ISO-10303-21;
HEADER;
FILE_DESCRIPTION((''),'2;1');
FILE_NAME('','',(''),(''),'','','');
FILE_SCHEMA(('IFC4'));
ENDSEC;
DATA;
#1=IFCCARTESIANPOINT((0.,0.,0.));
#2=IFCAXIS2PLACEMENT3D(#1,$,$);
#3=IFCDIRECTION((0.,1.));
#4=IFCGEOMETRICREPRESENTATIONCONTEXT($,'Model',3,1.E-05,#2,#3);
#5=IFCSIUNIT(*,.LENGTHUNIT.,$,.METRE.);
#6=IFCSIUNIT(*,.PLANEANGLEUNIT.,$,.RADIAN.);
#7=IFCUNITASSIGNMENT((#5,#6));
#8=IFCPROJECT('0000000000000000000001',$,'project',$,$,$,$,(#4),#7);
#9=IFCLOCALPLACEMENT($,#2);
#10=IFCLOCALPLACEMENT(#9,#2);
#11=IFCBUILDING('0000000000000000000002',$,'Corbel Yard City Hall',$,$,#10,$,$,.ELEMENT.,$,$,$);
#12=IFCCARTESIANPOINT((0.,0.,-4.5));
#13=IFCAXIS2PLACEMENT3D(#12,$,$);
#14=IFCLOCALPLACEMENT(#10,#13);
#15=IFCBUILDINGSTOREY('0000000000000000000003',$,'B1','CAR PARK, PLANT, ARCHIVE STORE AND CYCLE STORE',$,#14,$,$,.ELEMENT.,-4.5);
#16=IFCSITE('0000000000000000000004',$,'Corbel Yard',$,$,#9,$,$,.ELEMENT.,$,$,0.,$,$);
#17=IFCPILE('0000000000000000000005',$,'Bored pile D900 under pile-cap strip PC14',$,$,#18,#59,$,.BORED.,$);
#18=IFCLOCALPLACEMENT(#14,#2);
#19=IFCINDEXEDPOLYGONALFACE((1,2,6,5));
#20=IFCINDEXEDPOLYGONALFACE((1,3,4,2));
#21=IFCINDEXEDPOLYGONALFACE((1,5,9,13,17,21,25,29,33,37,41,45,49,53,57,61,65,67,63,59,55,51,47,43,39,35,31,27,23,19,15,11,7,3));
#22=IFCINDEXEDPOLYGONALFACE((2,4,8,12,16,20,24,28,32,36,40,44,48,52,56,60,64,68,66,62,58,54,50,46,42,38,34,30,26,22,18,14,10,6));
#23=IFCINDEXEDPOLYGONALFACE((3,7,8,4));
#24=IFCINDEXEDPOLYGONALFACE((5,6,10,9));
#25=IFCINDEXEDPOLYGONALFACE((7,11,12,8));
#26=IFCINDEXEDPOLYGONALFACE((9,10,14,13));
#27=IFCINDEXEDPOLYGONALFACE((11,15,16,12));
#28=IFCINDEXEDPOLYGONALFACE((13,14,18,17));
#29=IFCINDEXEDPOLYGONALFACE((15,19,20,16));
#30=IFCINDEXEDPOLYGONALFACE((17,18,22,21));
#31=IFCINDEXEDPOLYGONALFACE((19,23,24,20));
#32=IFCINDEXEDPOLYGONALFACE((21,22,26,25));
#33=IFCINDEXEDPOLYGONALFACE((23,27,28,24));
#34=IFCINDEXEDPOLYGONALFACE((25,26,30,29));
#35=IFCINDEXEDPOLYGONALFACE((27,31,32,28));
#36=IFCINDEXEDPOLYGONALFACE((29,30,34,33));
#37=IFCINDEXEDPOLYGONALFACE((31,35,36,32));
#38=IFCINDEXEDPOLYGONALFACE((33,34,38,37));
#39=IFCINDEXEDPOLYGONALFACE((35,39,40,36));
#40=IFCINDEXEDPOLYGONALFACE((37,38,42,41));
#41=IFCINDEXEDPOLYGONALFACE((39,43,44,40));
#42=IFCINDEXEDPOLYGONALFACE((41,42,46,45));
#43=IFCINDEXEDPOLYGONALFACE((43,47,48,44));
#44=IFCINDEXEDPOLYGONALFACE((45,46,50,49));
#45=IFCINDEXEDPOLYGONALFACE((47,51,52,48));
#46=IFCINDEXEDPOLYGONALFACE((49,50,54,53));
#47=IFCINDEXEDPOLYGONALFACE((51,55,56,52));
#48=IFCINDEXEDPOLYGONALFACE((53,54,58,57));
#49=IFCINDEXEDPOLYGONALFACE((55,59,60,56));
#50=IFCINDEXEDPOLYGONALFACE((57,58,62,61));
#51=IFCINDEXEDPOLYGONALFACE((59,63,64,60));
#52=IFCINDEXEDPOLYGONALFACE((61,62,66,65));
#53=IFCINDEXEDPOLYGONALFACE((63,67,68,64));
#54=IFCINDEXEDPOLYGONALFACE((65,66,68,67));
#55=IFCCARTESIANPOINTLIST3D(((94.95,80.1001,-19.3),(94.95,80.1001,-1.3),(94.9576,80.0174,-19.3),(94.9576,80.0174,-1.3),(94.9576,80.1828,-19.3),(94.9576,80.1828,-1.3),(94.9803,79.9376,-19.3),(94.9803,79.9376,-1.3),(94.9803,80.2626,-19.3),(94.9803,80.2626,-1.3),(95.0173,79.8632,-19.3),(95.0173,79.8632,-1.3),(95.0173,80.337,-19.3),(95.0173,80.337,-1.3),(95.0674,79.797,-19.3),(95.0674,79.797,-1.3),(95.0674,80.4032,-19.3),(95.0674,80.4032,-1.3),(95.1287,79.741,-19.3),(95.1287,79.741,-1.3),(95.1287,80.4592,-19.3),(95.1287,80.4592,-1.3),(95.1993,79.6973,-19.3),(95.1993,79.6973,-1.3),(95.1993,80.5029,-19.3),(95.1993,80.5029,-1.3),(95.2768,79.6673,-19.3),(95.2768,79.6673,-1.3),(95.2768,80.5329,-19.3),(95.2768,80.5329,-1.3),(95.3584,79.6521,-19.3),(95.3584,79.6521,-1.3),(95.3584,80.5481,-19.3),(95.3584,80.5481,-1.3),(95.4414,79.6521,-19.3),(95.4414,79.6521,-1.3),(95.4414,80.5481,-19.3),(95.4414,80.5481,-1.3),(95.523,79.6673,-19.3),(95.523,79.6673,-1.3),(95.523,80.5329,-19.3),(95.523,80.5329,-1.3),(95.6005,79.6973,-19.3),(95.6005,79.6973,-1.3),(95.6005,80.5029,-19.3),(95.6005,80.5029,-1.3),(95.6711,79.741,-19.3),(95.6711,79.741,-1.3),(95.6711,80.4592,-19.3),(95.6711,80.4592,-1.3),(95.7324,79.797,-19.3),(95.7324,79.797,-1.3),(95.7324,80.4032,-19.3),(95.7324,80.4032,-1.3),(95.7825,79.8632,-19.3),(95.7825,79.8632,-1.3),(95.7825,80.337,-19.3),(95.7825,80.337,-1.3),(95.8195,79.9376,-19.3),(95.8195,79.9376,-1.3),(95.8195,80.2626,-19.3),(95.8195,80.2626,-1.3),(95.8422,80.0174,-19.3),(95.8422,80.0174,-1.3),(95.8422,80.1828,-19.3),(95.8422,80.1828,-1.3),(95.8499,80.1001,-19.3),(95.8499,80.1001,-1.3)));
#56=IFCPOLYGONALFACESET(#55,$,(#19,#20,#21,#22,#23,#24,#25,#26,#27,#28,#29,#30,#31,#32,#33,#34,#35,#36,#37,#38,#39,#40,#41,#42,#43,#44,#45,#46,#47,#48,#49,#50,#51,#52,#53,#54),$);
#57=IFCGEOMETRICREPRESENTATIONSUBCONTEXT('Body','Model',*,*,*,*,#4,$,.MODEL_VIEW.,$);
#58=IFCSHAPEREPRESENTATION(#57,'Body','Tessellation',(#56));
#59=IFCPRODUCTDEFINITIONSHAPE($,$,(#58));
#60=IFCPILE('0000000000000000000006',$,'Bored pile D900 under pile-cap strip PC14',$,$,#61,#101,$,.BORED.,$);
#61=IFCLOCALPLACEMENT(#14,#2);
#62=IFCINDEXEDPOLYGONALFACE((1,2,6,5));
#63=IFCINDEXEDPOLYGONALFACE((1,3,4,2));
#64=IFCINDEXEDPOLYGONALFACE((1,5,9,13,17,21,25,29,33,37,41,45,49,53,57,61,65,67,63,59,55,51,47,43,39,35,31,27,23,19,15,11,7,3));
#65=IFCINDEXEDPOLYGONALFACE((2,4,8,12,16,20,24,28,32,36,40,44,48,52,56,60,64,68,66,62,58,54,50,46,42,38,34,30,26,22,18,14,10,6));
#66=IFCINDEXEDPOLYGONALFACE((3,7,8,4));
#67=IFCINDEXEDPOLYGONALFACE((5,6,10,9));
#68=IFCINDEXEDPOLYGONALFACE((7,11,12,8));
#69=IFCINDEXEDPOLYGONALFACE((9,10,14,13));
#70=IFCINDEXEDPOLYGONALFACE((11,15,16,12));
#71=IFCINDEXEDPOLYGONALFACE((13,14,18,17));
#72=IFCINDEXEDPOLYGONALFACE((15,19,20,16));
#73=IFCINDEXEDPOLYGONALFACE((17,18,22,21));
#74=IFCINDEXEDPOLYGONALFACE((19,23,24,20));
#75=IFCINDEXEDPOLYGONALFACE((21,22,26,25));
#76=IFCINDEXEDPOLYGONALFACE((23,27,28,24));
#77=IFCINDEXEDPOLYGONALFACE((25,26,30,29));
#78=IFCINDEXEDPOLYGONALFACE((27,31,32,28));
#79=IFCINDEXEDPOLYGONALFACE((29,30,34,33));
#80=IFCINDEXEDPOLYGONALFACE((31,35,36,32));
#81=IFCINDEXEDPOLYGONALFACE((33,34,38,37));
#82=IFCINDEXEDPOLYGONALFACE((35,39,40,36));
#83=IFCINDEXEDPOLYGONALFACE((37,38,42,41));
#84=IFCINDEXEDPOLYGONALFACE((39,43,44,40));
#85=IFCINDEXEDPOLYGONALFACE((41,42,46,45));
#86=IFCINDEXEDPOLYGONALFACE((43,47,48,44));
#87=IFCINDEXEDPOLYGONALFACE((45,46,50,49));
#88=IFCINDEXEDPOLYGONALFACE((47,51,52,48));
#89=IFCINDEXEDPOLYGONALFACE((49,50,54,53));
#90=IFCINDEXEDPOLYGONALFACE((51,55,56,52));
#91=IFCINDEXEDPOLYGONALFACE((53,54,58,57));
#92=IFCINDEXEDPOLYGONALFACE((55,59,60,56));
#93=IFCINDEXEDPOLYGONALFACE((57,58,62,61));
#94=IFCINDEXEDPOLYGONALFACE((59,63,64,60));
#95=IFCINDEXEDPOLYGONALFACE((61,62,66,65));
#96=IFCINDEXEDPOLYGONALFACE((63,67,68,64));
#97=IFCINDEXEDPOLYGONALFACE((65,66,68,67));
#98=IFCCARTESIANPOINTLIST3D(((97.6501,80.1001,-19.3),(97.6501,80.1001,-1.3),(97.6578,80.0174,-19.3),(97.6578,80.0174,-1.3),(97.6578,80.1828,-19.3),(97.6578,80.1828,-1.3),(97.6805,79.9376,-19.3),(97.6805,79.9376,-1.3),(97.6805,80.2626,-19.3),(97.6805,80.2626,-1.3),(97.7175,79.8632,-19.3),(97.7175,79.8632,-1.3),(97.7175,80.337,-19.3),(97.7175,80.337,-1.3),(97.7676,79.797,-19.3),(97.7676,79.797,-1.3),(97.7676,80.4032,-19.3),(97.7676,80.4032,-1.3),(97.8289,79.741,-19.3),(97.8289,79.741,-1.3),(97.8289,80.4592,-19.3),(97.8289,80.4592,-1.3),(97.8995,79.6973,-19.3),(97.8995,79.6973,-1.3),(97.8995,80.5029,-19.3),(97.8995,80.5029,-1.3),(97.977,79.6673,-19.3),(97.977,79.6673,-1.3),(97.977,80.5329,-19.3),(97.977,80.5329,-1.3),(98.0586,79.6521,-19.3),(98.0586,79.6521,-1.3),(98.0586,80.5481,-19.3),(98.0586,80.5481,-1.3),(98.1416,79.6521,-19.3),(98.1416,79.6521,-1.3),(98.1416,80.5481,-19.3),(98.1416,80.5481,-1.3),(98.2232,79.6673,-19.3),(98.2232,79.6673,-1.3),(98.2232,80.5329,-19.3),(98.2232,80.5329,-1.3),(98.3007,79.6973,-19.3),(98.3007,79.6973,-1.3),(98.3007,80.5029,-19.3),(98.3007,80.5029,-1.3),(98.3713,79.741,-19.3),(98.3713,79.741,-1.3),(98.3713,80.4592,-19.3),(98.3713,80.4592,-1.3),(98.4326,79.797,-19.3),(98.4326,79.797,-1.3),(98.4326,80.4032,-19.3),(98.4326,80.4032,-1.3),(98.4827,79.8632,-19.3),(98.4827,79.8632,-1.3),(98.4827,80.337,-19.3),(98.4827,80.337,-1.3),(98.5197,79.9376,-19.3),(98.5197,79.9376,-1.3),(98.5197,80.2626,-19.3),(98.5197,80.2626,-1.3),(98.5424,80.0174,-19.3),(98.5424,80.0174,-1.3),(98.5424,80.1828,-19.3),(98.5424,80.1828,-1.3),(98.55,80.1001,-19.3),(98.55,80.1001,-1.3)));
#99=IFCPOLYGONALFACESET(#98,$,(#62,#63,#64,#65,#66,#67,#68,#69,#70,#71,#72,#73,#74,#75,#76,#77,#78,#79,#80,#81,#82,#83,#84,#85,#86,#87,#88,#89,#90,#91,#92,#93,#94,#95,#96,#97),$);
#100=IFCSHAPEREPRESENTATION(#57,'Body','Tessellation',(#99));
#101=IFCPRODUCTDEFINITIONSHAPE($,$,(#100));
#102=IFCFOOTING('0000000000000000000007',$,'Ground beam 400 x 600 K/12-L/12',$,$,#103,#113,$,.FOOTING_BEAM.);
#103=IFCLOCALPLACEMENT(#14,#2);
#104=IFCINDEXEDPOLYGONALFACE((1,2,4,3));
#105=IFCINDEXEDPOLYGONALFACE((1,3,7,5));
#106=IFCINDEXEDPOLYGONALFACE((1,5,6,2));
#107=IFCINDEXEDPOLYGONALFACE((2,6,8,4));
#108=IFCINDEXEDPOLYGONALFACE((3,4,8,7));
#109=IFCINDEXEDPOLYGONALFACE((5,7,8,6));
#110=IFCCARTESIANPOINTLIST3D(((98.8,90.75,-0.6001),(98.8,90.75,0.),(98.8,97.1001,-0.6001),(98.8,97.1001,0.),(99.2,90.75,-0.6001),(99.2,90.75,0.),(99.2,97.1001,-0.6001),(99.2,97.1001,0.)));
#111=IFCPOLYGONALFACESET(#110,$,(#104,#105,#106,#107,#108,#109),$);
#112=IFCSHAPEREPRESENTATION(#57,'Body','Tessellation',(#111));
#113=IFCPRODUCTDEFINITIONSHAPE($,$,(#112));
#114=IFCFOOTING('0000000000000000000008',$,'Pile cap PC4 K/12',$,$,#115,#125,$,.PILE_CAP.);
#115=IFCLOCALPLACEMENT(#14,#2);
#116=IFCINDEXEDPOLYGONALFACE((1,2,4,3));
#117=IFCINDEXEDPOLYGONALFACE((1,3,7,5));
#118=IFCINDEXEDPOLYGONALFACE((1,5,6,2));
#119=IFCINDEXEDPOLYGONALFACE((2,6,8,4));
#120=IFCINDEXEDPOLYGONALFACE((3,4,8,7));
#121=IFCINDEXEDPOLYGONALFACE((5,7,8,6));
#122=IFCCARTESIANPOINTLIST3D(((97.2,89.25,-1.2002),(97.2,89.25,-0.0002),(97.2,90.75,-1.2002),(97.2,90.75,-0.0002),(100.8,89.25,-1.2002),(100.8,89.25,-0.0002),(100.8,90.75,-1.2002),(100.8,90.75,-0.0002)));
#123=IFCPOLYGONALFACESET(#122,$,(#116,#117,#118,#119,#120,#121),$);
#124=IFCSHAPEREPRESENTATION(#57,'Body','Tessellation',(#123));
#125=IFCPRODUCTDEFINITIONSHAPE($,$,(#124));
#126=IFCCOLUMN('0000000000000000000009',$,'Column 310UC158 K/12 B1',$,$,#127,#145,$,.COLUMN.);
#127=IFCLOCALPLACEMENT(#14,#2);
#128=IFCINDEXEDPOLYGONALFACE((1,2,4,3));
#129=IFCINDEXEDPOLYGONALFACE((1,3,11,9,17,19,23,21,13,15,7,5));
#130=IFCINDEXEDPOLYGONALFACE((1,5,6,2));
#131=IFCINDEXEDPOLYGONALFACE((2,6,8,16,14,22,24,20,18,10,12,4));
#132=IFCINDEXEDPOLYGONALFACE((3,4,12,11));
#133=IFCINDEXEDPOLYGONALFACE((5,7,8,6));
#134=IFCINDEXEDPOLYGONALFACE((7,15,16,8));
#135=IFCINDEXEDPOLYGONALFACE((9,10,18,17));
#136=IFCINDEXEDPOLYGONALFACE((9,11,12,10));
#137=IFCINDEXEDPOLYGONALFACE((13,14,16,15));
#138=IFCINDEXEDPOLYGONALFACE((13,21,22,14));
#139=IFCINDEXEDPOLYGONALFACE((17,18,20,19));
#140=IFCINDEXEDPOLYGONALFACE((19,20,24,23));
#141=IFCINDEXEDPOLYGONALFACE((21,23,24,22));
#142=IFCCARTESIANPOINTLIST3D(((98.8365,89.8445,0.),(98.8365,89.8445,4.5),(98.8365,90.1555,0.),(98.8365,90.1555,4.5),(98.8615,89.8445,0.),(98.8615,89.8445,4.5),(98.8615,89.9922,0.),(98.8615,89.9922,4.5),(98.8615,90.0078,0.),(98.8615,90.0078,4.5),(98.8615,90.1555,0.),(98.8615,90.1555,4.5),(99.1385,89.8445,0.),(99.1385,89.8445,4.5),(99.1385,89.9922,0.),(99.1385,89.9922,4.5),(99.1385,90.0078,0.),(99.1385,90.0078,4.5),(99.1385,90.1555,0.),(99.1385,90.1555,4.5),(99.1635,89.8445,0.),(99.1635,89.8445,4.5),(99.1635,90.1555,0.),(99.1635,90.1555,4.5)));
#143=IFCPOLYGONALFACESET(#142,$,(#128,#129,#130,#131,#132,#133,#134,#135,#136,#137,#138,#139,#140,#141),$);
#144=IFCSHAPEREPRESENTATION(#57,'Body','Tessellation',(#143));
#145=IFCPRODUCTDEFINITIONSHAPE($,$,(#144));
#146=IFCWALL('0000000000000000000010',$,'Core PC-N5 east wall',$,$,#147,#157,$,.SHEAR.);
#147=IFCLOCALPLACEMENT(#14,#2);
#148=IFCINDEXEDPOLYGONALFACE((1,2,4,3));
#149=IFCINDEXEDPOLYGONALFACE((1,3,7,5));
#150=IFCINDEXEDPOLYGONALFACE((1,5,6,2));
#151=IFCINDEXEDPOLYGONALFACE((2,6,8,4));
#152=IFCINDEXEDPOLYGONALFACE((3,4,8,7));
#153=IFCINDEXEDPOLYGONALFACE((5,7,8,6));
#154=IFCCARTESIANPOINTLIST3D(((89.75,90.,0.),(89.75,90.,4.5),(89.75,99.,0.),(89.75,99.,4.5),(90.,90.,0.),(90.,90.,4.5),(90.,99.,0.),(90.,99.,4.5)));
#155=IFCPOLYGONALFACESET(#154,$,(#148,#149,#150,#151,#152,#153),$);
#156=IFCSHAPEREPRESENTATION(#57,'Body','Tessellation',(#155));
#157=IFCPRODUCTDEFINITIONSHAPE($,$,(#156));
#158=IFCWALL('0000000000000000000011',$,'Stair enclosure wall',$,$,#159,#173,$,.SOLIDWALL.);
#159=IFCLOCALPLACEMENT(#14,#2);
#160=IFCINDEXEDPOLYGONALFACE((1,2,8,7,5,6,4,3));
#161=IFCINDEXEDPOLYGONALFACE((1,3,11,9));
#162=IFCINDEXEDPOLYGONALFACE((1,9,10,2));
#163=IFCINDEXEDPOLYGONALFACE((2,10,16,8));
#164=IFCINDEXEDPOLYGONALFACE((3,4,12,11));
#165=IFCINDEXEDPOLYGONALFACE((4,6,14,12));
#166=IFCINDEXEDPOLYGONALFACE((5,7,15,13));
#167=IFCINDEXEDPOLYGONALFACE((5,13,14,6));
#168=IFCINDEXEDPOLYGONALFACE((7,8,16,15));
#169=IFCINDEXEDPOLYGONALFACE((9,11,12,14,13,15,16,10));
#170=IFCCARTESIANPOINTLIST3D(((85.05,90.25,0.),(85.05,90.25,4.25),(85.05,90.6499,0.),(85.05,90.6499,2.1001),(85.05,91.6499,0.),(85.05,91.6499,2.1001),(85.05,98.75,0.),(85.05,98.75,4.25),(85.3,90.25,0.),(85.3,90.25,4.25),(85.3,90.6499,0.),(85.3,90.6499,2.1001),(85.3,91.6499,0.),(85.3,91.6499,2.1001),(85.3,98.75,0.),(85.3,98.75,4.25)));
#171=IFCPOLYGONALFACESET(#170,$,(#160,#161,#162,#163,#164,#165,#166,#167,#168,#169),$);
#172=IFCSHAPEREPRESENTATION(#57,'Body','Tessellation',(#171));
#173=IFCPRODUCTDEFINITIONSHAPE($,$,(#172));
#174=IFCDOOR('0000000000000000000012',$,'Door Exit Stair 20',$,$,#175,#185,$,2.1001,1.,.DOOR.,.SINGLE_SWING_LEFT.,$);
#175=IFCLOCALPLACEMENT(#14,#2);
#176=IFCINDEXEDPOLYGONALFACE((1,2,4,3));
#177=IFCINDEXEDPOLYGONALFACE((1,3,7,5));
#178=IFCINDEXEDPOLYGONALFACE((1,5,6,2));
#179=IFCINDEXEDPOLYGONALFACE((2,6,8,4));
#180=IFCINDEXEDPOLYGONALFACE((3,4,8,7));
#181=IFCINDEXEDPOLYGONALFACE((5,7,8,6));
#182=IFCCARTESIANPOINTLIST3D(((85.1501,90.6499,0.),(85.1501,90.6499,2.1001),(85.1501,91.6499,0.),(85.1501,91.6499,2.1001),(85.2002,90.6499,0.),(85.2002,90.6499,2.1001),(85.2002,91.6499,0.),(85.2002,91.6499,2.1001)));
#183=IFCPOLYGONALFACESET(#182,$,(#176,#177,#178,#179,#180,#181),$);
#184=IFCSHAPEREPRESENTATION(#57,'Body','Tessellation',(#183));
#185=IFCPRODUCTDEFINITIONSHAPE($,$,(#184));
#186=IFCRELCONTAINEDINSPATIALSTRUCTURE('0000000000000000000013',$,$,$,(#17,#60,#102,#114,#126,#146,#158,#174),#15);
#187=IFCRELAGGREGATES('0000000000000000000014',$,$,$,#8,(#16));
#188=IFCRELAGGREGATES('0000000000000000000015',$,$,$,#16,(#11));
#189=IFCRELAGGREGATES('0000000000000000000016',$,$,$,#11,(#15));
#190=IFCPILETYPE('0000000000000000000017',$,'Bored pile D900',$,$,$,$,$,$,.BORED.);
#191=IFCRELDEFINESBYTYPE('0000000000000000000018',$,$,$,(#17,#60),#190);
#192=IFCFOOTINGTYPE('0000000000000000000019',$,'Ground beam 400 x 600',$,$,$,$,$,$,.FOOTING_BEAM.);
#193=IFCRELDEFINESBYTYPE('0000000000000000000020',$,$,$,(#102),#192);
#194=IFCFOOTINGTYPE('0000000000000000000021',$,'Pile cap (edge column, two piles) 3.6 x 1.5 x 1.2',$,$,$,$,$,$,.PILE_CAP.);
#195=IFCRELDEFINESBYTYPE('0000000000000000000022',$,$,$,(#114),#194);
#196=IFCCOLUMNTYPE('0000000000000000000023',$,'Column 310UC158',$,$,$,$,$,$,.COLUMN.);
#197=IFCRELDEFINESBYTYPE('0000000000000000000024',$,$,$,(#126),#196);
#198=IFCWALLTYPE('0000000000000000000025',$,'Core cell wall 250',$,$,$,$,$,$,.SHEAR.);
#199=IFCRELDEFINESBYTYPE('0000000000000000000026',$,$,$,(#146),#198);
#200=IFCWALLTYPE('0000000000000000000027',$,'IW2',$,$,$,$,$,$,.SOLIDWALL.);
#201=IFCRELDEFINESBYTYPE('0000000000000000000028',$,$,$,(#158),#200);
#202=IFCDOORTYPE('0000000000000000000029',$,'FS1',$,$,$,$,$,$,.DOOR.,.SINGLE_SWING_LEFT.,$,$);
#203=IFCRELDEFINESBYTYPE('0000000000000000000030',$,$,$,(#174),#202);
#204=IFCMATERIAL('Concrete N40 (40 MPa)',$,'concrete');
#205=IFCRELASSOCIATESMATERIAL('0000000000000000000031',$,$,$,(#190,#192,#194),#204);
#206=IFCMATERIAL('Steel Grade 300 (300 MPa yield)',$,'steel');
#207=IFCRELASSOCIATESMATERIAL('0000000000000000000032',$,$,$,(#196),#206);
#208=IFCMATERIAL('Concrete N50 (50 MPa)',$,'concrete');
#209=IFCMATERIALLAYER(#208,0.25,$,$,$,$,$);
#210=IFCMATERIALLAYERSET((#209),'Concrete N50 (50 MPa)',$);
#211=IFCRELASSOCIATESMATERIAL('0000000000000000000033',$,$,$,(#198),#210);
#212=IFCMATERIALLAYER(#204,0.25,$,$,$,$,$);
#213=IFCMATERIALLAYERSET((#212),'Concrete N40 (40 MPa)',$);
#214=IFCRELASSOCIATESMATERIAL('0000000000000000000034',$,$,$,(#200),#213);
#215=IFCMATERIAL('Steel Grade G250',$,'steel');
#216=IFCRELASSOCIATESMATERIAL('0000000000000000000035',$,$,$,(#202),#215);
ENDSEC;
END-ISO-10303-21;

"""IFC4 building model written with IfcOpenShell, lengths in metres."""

from ifc_helpers import new_model, si_unit, direction, frame, frame_2d, origin, origin_2d, place, context, subcontext, project, spatial, rectangle, circle, i_section, extrude, material, layer, layer_set, material_profile, profile_set, type_object, element, fill, save


model = new_model("IFC4")

# Units and contexts
model_context = context("Model", 3, precision=1e-05, world=origin(), true_north=direction((0.0, 1.0)))
body_context = subcontext(model_context, "Body", "Model", "MODEL_VIEW")
ifc_project = project(units=[si_unit("LENGTHUNIT", "METRE"), si_unit("PLANEANGLEUNIT", "RADIAN")], contexts=[model_context])

# Site, building, storey
site_placement = place(None, origin())
site = spatial("IfcSite", under=ifc_project, at=site_placement, Name="Corbel Yard", CompositionType="ELEMENT", RefElevation=0.0)
building_placement = place(site_placement, origin())
building = spatial("IfcBuilding", under=site, at=building_placement, Name="Corbel Yard City Hall", CompositionType="ELEMENT")
storey_placement = place(building_placement, frame((0.0, 0.0, -4.5)))
storey = spatial("IfcBuildingStorey", under=building, at=storey_placement, Name="B1", Description="CAR PARK, PLANT, ARCHIVE STORE AND CYCLE STORE", CompositionType="ELEMENT", Elevation=-4.5)

# Piles
ifc_material_1 = material(Name="Concrete N40 (40 MPa)", Category="concrete")
ifc_material_profile_1 = material_profile(ifc_material_1, circle(Radius=0.45, at=origin_2d()), Name="D900")
ifc_profile_set_1 = profile_set([ifc_material_profile_1], Name="Concrete N40 (40 MPa)")
pile_type_1 = type_object("IfcPileType", Name="Bored pile D900", PredefinedType="BORED", material=ifc_profile_set_1)
for number, where, z_axis, x_axis, name in (
    (1, (95.3999, 80.1001, -1.3), (0.0, 0.0, -1.0), (1.0, 0.0, 0.0), "Bored pile D900 under pile-cap strip PC14"),
    (2, (98.1001, 80.1001, -1.3), (0.0, 0.0, -1.0), (1.0, 0.0, 0.0), "Bored pile D900 under pile-cap strip PC14"),
):
    element("IfcPile", number, at=place(storey_placement, frame(where, z_axis=z_axis, x_axis=x_axis)), inside=storey, type_object=pile_type_1, Name=name, PredefinedType="BORED", context=body_context, shape_type="SweptSolid", body=[
        extrude(circle(Radius=0.45, at=origin_2d()), origin(), (0.0, 0.0, 1.0), 18.0),
    ])

# Footings
footing_type_1 = type_object("IfcFootingType", Name="Ground beam 400 x 600", PredefinedType="FOOTING_BEAM", material=ifc_material_1)
footing_1_placement = place(storey_placement, frame((99.0, 93.925, -0.6001), z_axis=(0.0, 0.0, 1.0), x_axis=(1.0, 0.0, 0.0)))
element("IfcFooting", 3, at=footing_1_placement, inside=storey, type_object=footing_type_1, Name="Ground beam 400 x 600 K/12-L/12", PredefinedType="FOOTING_BEAM", context=body_context, shape_type="SweptSolid", body=[
    extrude(rectangle(XDim=0.3999, YDim=6.3501, at=origin_2d()), origin(), (0.0, 0.0, 1.0), 0.6001),
])
footing_type_2 = type_object("IfcFootingType", Name="Pile cap (edge column, two piles) 3.6 x 1.5 x 1.2", PredefinedType="PILE_CAP", material=ifc_material_1)
footing_2_placement = place(storey_placement, frame((99.0, 90.0, -1.2002), z_axis=(0.0, 0.0, 1.0), x_axis=(1.0, 0.0, 0.0)))
element("IfcFooting", 4, at=footing_2_placement, inside=storey, type_object=footing_type_2, Name="Pile cap PC4 K/12", PredefinedType="PILE_CAP", context=body_context, shape_type="SweptSolid", body=[
    extrude(rectangle(XDim=3.6001, YDim=1.5, at=origin_2d()), origin(), (0.0, 0.0, 1.0), 1.2),
])

# Column
ifc_material_2 = material(Name="Steel Grade 300 (300 MPa yield)", Category="steel")
ifc_material_profile_2 = material_profile(ifc_material_2, i_section(OverallWidth=0.311, OverallDepth=0.3269, WebThickness=0.0156, FlangeThickness=0.0249, at=origin_2d()), Name="310UC158")
ifc_profile_set_2 = profile_set([ifc_material_profile_2], Name="Steel Grade 300 (300 MPa yield)")
column_type = type_object("IfcColumnType", Name="Column 310UC158", PredefinedType="COLUMN", material=ifc_profile_set_2)
column_placement = place(storey_placement, frame((99.0, 90.0, 0.0), z_axis=(0.0, 0.0, 1.0), x_axis=(0.0, 1.0, 0.0)))
element("IfcColumn", 5, at=column_placement, inside=storey, type_object=column_type, Name="Column 310UC158 K/12 B1", PredefinedType="COLUMN", context=body_context, shape_type="SweptSolid", body=[
    extrude(i_section(OverallWidth=0.311, OverallDepth=0.3269, WebThickness=0.0156, FlangeThickness=0.0249, at=origin_2d()), origin(), (0.0, 0.0, 1.0), 4.5),
])

# Wall
ifc_material_3 = material(Name="Concrete N50 (50 MPa)", Category="concrete")
ifc_layer_1 = layer(ifc_material_3, 0.25)
ifc_layer_set_1 = layer_set([ifc_layer_1], Name="Concrete N50 (50 MPa)")
wall_type_1 = type_object("IfcWallType", Name="Core cell wall 250", PredefinedType="SHEAR", material=ifc_layer_set_1)
wall_1_placement = place(storey_placement, frame((89.875, 90.0, 0.0), z_axis=(0.0, 0.0, 1.0), x_axis=(0.0, 1.0, 0.0)))
element("IfcWall", 6, at=wall_1_placement, inside=storey, type_object=wall_type_1, Name="Core PC-N5 east wall", PredefinedType="SHEAR", context=body_context, shape_type="SweptSolid", body=[
    extrude(rectangle(XDim=9.0, YDim=0.25, at=frame_2d((4.5, 0.0))), origin(), (0.0, 0.0, 1.0), 4.5),
])

# Wall, opening, door
ifc_layer_2 = layer(ifc_material_1, 0.25)
ifc_layer_set_2 = layer_set([ifc_layer_2], Name="Concrete N40 (40 MPa)")
wall_type_2 = type_object("IfcWallType", Name="IW2", PredefinedType="SOLIDWALL", material=ifc_layer_set_2)
wall_2_placement = place(storey_placement, frame((85.175, 90.25, 0.0), z_axis=(0.0, 0.0, 1.0), x_axis=(0.0, 1.0, 0.0)))
wall_2 = element("IfcWall", 7, at=wall_2_placement, inside=storey, type_object=wall_type_2, Name="Stair enclosure wall", PredefinedType="SOLIDWALL", context=body_context, shape_type="SweptSolid", body=[
    extrude(rectangle(XDim=8.5, YDim=0.25, at=frame_2d((4.25, 0.0))), origin(), (0.0, 0.0, 1.0), 4.25),
])
opening_1_placement = place(wall_2_placement, frame((0.3999, 0.0, 0.0)))
opening_1 = element("IfcOpeningElement", 8, at=opening_1_placement, cuts=wall_2, PredefinedType="OPENING", context=body_context, shape_type="SweptSolid", body=[
    extrude(rectangle(XDim=1.0, YDim=2.1001, at=frame_2d((0.5, 1.05))), frame((0.0, 0.135, 0.0), z_axis=(0.0, -1.0, 0.0), x_axis=(1.0, 0.0, 0.0)), (0.0, 0.0, 1.0), 0.27),
])
ifc_material_4 = material(Name="Steel Grade G250", Category="steel")
door_type_1 = type_object("IfcDoorType", Name="FS1", OperationType="SINGLE_SWING_LEFT", PredefinedType="DOOR", material=ifc_material_4)
door_1_placement = place(opening_1_placement, origin())
door_1 = element("IfcDoor", 9, at=door_1_placement, inside=storey, type_object=door_type_1, Name="Door Exit Stair 20", OperationType="SINGLE_SWING_LEFT", OverallHeight=2.1001, OverallWidth=1.0, PredefinedType="DOOR", context=body_context, shape_type="SweptSolid", body=[
    extrude(rectangle(XDim=1.0, YDim=2.1001, at=frame_2d((0.5, 1.05))), frame((0.0, 0.0249, 0.0), z_axis=(0.0, -1.0, 0.0), x_axis=(1.0, 0.0, 0.0)), (0.0, 0.0, 1.0), 0.05),
])
fill(opening_1, door_1)

save(model, "model.ifc")
